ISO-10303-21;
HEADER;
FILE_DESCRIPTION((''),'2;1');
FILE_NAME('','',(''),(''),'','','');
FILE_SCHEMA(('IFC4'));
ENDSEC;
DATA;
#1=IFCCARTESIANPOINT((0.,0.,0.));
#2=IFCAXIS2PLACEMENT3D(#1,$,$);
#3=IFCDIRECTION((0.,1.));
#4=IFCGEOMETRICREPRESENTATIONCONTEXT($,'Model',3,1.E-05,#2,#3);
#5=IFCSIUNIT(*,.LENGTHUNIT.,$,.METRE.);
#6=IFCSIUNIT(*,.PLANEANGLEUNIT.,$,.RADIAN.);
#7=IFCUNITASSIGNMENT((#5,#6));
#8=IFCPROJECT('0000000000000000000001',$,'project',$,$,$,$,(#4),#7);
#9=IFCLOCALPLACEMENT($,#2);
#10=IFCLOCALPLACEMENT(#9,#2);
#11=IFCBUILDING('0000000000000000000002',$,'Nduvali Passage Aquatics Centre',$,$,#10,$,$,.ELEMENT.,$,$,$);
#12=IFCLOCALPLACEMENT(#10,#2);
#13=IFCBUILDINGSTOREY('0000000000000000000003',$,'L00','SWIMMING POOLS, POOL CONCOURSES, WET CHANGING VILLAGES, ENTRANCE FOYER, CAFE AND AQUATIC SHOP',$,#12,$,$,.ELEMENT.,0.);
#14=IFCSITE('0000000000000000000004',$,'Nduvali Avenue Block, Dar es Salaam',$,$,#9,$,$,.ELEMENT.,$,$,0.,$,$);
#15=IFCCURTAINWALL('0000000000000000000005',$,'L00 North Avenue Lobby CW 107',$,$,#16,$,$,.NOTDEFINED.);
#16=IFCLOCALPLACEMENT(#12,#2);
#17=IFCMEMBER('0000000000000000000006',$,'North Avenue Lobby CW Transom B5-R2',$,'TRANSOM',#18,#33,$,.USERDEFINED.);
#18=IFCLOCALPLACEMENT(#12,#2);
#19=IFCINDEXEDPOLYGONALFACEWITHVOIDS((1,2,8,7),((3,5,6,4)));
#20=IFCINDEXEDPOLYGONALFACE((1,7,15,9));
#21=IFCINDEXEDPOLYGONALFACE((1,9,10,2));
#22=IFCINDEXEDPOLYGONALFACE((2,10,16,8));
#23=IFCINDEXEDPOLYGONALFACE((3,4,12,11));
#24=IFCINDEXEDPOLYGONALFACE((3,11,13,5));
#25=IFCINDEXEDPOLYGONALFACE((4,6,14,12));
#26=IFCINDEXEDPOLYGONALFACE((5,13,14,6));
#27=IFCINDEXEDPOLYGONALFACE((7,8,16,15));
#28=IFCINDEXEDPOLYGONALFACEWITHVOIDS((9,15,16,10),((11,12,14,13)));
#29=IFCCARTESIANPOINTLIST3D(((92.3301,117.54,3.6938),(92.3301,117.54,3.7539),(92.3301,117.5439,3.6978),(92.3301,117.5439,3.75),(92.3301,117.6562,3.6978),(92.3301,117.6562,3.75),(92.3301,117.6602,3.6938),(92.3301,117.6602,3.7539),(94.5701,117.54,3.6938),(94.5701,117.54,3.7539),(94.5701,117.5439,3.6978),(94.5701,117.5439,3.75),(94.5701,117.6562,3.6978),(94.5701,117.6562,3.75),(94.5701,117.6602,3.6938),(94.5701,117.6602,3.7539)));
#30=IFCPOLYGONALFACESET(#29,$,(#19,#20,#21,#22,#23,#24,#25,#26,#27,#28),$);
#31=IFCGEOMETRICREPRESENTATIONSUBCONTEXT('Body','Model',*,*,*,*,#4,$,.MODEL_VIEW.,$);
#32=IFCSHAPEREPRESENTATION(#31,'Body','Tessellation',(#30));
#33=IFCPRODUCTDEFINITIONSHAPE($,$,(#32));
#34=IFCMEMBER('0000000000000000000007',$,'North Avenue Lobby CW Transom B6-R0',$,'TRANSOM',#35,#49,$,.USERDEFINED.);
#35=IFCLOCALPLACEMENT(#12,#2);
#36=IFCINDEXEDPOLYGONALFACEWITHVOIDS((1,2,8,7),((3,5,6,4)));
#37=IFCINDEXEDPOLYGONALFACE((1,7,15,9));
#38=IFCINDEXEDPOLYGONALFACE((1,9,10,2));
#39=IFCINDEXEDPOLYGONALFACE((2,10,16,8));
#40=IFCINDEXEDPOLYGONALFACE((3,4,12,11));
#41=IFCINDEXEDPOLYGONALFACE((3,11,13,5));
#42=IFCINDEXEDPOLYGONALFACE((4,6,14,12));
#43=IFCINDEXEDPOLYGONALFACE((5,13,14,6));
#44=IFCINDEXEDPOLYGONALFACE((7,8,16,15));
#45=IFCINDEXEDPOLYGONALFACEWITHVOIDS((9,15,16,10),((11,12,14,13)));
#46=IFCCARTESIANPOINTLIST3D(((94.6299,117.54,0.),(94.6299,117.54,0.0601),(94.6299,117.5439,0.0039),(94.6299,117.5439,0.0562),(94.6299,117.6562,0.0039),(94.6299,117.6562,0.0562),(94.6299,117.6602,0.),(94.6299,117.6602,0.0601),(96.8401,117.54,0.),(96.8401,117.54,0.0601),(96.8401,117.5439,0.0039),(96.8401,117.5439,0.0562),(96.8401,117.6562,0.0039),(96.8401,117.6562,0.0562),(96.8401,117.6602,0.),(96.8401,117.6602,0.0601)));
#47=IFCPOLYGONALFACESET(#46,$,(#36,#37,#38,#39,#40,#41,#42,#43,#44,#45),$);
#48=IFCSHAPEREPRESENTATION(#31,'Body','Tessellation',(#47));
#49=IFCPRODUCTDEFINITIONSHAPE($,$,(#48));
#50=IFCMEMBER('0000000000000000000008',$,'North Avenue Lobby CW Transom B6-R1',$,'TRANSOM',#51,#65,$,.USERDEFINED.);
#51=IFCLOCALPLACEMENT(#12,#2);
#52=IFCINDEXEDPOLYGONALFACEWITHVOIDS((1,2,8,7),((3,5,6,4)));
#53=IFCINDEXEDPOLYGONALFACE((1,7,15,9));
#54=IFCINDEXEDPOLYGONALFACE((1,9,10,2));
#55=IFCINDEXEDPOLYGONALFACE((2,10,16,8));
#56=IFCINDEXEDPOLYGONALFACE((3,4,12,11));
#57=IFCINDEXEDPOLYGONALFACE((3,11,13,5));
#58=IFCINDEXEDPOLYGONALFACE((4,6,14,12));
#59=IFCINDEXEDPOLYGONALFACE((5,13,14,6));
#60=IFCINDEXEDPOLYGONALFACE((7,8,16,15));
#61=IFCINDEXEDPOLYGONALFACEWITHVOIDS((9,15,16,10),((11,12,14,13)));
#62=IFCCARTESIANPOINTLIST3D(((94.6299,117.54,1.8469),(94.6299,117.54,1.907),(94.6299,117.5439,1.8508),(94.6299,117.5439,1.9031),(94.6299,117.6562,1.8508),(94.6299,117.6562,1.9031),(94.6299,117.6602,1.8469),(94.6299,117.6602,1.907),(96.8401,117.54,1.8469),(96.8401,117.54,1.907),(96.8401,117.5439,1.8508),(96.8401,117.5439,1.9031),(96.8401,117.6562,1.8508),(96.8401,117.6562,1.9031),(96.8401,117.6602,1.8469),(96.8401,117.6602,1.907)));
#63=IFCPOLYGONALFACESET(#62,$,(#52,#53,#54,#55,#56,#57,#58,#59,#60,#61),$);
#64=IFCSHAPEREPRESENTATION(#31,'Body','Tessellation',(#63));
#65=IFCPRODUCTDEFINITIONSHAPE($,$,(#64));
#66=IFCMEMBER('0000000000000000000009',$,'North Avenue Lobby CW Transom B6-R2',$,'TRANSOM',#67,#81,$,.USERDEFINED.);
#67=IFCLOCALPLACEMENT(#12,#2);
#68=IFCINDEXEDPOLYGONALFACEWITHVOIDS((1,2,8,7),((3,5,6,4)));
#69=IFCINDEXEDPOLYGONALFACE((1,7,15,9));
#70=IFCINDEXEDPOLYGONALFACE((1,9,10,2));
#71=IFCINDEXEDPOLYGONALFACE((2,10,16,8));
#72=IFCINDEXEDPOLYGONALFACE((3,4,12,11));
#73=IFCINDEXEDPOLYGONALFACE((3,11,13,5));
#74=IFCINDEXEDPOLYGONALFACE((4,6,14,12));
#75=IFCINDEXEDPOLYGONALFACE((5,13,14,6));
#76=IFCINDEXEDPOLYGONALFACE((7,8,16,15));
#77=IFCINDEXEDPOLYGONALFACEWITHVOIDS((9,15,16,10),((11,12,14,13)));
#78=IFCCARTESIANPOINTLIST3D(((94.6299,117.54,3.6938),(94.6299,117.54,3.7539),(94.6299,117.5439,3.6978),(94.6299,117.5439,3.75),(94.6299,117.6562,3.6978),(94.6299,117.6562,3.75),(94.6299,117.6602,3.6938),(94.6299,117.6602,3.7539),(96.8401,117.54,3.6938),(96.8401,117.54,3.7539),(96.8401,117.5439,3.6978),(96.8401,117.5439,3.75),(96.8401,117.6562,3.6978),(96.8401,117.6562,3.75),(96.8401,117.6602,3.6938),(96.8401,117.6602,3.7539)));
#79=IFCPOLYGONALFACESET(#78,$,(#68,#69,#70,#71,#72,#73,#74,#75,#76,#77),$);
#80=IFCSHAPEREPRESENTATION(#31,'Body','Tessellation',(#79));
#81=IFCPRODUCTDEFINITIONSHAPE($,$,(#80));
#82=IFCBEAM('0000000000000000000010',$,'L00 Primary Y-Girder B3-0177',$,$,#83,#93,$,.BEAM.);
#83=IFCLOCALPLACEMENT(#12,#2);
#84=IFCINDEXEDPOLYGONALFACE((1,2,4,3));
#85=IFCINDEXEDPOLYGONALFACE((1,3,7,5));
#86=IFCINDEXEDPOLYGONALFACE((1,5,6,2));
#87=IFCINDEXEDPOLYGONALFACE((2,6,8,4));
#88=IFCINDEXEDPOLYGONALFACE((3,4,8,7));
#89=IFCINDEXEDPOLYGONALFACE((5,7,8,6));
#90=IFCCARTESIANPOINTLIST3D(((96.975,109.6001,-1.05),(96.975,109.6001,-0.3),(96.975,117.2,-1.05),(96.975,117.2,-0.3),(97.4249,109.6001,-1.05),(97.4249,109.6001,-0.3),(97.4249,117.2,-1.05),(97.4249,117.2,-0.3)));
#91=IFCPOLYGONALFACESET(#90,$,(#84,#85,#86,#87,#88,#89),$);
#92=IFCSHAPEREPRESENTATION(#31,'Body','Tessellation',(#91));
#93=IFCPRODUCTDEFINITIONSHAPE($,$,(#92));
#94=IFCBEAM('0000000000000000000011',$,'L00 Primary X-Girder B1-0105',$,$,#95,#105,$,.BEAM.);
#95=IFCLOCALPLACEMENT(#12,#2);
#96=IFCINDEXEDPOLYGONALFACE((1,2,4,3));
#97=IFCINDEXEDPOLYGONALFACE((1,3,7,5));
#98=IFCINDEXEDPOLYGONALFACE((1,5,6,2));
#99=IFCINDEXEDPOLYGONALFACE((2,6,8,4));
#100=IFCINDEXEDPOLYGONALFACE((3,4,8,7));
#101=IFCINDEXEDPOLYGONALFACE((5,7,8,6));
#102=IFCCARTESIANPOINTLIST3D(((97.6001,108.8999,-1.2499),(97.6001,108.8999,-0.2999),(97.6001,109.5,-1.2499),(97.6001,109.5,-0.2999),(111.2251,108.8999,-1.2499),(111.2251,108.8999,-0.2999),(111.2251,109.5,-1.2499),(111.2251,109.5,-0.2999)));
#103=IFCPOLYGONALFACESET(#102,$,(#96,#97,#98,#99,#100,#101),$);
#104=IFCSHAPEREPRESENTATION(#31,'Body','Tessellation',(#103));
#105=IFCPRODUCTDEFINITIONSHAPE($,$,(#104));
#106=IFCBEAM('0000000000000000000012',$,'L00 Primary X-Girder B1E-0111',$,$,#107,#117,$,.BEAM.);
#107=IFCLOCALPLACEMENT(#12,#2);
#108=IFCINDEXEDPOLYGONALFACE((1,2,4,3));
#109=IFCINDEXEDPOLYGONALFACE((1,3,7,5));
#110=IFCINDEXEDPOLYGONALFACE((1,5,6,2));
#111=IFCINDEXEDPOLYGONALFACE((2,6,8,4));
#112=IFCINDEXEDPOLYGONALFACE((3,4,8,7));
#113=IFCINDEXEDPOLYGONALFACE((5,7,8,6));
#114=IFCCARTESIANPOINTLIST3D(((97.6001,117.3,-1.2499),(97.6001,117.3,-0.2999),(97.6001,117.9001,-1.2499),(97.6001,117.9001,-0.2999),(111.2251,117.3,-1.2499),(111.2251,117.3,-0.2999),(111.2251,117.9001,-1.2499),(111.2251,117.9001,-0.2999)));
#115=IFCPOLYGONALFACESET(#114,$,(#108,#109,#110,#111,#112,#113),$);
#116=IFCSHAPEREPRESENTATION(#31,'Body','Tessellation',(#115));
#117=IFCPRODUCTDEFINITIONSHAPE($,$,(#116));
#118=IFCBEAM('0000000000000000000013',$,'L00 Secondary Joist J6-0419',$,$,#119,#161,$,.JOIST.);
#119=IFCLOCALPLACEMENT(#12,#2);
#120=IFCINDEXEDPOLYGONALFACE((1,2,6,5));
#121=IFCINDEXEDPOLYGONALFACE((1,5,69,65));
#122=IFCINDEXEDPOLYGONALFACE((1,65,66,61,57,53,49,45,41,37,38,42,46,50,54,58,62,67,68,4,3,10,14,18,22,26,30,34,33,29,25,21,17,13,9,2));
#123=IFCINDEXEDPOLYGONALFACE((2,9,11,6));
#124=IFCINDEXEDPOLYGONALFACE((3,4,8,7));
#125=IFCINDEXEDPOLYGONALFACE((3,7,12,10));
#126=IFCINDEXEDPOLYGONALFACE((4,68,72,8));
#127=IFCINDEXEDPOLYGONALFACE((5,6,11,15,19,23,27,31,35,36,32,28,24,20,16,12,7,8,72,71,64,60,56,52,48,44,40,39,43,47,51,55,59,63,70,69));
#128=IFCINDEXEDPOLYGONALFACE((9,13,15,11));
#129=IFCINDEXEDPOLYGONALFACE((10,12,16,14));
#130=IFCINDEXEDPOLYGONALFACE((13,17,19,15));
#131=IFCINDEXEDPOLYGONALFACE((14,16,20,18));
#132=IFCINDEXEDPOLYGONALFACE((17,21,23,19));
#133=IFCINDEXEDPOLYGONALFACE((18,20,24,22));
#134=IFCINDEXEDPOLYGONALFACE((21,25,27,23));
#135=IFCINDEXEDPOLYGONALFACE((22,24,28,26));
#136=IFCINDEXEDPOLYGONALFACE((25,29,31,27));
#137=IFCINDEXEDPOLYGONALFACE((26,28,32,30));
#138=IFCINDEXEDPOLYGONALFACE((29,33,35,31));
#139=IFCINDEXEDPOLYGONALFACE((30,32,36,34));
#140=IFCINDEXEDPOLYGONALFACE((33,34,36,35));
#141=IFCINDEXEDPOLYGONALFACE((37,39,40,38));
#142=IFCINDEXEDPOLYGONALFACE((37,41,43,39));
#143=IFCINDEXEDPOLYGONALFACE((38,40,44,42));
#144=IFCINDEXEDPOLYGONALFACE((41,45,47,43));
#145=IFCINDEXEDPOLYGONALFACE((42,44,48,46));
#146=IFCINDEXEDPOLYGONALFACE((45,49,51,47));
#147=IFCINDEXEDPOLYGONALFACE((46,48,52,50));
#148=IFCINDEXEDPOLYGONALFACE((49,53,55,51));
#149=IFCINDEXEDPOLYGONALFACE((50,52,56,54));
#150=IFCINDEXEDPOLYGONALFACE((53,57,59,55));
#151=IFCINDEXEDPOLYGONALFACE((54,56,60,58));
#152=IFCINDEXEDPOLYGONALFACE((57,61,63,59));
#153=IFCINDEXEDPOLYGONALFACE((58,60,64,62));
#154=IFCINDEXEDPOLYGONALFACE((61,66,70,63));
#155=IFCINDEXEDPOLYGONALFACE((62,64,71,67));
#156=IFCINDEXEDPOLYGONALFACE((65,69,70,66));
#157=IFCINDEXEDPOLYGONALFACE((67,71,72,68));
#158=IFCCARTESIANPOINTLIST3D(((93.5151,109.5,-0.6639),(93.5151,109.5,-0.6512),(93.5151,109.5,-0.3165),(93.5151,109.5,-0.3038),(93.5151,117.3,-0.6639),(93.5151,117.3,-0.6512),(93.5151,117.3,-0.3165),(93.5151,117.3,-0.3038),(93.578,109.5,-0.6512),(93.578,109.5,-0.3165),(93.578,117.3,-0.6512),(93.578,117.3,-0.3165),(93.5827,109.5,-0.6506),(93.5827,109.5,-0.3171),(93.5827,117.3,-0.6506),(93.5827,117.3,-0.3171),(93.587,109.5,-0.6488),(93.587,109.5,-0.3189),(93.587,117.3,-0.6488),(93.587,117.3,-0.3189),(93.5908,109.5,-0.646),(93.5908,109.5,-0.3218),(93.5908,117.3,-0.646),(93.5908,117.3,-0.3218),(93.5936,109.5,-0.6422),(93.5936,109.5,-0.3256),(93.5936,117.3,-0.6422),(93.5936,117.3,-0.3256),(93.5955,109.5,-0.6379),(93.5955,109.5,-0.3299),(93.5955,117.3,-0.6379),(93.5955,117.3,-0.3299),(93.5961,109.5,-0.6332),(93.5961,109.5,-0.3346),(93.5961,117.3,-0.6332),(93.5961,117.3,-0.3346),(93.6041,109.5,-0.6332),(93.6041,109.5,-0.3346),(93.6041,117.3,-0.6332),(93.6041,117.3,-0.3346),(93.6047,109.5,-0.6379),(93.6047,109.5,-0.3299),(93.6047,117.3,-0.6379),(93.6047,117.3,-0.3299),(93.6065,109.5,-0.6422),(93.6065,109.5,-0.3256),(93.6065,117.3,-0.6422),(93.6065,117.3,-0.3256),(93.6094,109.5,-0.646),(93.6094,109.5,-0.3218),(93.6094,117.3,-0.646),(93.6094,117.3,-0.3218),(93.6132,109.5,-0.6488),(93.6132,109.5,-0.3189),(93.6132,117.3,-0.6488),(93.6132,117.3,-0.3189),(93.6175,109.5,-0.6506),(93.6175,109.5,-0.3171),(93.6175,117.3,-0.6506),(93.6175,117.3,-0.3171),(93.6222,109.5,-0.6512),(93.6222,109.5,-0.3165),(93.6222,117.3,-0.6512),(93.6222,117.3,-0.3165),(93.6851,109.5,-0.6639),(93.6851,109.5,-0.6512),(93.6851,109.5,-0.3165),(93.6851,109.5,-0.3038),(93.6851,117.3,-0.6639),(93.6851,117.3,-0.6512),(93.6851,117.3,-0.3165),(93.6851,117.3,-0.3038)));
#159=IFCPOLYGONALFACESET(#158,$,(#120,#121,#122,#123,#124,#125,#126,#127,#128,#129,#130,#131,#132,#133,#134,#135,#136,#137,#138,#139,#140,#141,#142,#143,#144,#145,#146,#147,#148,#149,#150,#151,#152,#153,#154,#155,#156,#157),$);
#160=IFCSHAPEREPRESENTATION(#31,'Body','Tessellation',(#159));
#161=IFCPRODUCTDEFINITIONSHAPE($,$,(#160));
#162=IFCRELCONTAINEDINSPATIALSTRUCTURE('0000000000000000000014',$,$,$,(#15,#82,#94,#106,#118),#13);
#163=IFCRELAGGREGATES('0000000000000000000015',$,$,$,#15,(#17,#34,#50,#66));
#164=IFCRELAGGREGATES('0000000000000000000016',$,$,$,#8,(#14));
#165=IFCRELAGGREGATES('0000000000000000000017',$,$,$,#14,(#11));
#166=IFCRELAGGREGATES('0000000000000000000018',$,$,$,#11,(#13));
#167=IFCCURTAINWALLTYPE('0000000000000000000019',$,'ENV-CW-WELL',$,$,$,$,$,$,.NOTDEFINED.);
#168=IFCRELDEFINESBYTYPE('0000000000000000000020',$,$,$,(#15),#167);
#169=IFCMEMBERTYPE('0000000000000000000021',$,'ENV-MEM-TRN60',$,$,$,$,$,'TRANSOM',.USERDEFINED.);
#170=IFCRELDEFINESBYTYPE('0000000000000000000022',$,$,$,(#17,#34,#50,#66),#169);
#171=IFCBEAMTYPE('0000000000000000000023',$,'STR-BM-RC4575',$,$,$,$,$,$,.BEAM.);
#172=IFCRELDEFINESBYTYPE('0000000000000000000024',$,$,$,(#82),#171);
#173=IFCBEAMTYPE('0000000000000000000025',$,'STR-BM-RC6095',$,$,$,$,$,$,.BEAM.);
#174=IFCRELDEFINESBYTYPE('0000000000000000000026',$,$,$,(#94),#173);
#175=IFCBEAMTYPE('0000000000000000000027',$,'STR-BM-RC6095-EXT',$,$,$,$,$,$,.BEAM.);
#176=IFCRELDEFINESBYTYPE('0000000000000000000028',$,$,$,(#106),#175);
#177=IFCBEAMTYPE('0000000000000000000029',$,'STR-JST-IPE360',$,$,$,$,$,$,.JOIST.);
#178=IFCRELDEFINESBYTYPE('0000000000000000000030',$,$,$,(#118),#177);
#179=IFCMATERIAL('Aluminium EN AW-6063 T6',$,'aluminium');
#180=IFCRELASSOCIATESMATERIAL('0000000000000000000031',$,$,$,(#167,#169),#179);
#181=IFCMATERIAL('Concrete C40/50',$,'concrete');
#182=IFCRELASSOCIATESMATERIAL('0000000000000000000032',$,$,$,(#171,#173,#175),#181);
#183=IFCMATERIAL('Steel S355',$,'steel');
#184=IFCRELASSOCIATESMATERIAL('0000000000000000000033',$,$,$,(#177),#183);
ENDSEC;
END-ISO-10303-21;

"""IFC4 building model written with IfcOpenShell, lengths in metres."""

from ifc_helpers import new_model, si_unit, direction, frame, origin, origin_2d, place, context, subcontext, project, spatial, rectangle, hollow_rectangle, i_section, extrude, material, material_profile, profile_set, type_object, element, aggregate, save


model = new_model("IFC4")

# Units and contexts
model_context = context("Model", 3, precision=1e-05, world=origin(), true_north=direction((0.0, 1.0)))
body_context = subcontext(model_context, "Body", "Model", "MODEL_VIEW")
ifc_project = project(units=[si_unit("LENGTHUNIT", "METRE"), si_unit("PLANEANGLEUNIT", "RADIAN")], contexts=[model_context])

# Site, building, storey
site_placement = place(None, origin())
site = spatial("IfcSite", under=ifc_project, at=site_placement, Name="Nduvali Avenue Block, Dar es Salaam", CompositionType="ELEMENT", RefElevation=0.0)
building_placement = place(site_placement, origin())
building = spatial("IfcBuilding", under=site, at=building_placement, Name="Nduvali Passage Aquatics Centre", CompositionType="ELEMENT")
storey_placement = place(building_placement, origin())
storey = spatial("IfcBuildingStorey", under=building, at=storey_placement, Name="L00", Description="SWIMMING POOLS, POOL CONCOURSES, WET CHANGING VILLAGES, ENTRANCE FOYER, CAFE AND AQUATIC SHOP", CompositionType="ELEMENT", Elevation=0.0)

# Shared definitions
ifc_material_1 = material(Name="Concrete C40/50", Category="concrete")

# Curtain wall, members
ifc_material_2 = material(Name="Aluminium EN AW-6063 T6", Category="aluminium")
curtain_wall_type = type_object("IfcCurtainWallType", Name="ENV-CW-WELL", PredefinedType="NOTDEFINED", material=ifc_material_2)
curtain_wall_placement = place(storey_placement, origin())
curtain_wall = element("IfcCurtainWall", 1, at=curtain_wall_placement, inside=storey, type_object=curtain_wall_type, Name="L00 North Avenue Lobby CW 107", PredefinedType="NOTDEFINED")
ifc_material_profile_1 = material_profile(ifc_material_2, hollow_rectangle(XDim=0.1201, YDim=0.0601, WallThickness=0.0039, at=origin_2d()), Name="ALU TRANSOM 120x60x4")
ifc_profile_set_1 = profile_set([ifc_material_profile_1], Name="Aluminium EN AW-6063 T6")
member_type_1 = type_object("IfcMemberType", Name="ENV-MEM-TRN60", ElementType="TRANSOM", PredefinedType="USERDEFINED", material=ifc_profile_set_1)
member_1_placement = place(storey_placement, frame((92.3301, 117.6001, 3.7239), z_axis=(1.0, 0.0, 0.0), x_axis=(0.0, 1.0, 0.0)))
member_1 = element("IfcMember", 2, at=member_1_placement, type_object=member_type_1, Name="North Avenue Lobby CW Transom B5-R2", ObjectType="TRANSOM", PredefinedType="USERDEFINED", context=body_context, shape_type="SweptSolid", body=[
    extrude(hollow_rectangle(XDim=0.1201, YDim=0.0601, WallThickness=0.0039, at=origin_2d()), origin(), (0.0, 0.0, 1.0), 2.24),
])
member_2_placement = place(storey_placement, frame((94.6299, 117.6001, 0.03), z_axis=(1.0, 0.0, 0.0), x_axis=(0.0, 1.0, 0.0)))
member_2 = element("IfcMember", 3, at=member_2_placement, type_object=member_type_1, Name="North Avenue Lobby CW Transom B6-R0", ObjectType="TRANSOM", PredefinedType="USERDEFINED", context=body_context, shape_type="SweptSolid", body=[
    extrude(hollow_rectangle(XDim=0.1201, YDim=0.0601, WallThickness=0.0039, at=origin_2d()), origin(), (0.0, 0.0, 1.0), 2.2102),
])
member_3_placement = place(storey_placement, frame((94.6299, 117.6001, 1.877), z_axis=(1.0, 0.0, 0.0), x_axis=(0.0, 1.0, 0.0)))
member_3 = element("IfcMember", 4, at=member_3_placement, type_object=member_type_1, Name="North Avenue Lobby CW Transom B6-R1", ObjectType="TRANSOM", PredefinedType="USERDEFINED", context=body_context, shape_type="SweptSolid", body=[
    extrude(hollow_rectangle(XDim=0.1201, YDim=0.0601, WallThickness=0.0039, at=origin_2d()), origin(), (0.0, 0.0, 1.0), 2.2102),
])
member_4_placement = place(storey_placement, frame((94.6299, 117.6001, 3.7239), z_axis=(1.0, 0.0, 0.0), x_axis=(0.0, 1.0, 0.0)))
member_4 = element("IfcMember", 5, at=member_4_placement, type_object=member_type_1, Name="North Avenue Lobby CW Transom B6-R2", ObjectType="TRANSOM", PredefinedType="USERDEFINED", context=body_context, shape_type="SweptSolid", body=[
    extrude(hollow_rectangle(XDim=0.1201, YDim=0.0601, WallThickness=0.0039, at=origin_2d()), origin(), (0.0, 0.0, 1.0), 2.2102),
])

# Beams
ifc_material_profile_2 = material_profile(ifc_material_1, rectangle(XDim=0.45, YDim=0.75, at=origin_2d()), Name="RC 450x750")
ifc_profile_set_2 = profile_set([ifc_material_profile_2], Name="Concrete C40/50")
beam_type_1 = type_object("IfcBeamType", Name="STR-BM-RC4575", PredefinedType="BEAM", material=ifc_profile_set_2)
beam_1_placement = place(storey_placement, frame((97.2, 109.6001, -0.675), z_axis=(0.0, 1.0, 0.0), x_axis=(-1.0, 0.0, 0.0)))
element("IfcBeam", 6, at=beam_1_placement, inside=storey, type_object=beam_type_1, Name="L00 Primary Y-Girder B3-0177", PredefinedType="BEAM", context=body_context, shape_type="SweptSolid", body=[
    extrude(rectangle(XDim=0.45, YDim=0.75, at=origin_2d()), origin(), (0.0, 0.0, 1.0), 7.5999),
])
ifc_material_profile_3 = material_profile(ifc_material_1, rectangle(XDim=0.6001, YDim=0.95, at=origin_2d()), Name="RC 600x950")
ifc_profile_set_3 = profile_set([ifc_material_profile_3], Name="Concrete C40/50")
beam_type_2 = type_object("IfcBeamType", Name="STR-BM-RC6095", PredefinedType="BEAM", material=ifc_profile_set_3)
beam_2_placement = place(storey_placement, frame((97.6001, 109.2, -0.7749), z_axis=(1.0, 0.0, 0.0), x_axis=(0.0, 1.0, 0.0)))
element("IfcBeam", 7, at=beam_2_placement, inside=storey, type_object=beam_type_2, Name="L00 Primary X-Girder B1-0105", PredefinedType="BEAM", context=body_context, shape_type="SweptSolid", body=[
    extrude(rectangle(XDim=0.6001, YDim=0.95, at=origin_2d()), origin(), (0.0, 0.0, 1.0), 13.625),
])
ifc_material_profile_4 = material_profile(ifc_material_1, rectangle(XDim=0.6001, YDim=0.95, at=origin_2d()), Name="RC 600x950")
ifc_profile_set_4 = profile_set([ifc_material_profile_4], Name="Concrete C40/50")
beam_type_3 = type_object("IfcBeamType", Name="STR-BM-RC6095-EXT", PredefinedType="BEAM", material=ifc_profile_set_4)
beam_3_placement = place(storey_placement, frame((97.6001, 117.6001, -0.7749), z_axis=(1.0, 0.0, 0.0), x_axis=(0.0, 1.0, 0.0)))
element("IfcBeam", 8, at=beam_3_placement, inside=storey, type_object=beam_type_3, Name="L00 Primary X-Girder B1E-0111", PredefinedType="BEAM", context=body_context, shape_type="SweptSolid", body=[
    extrude(rectangle(XDim=0.6001, YDim=0.95, at=origin_2d()), origin(), (0.0, 0.0, 1.0), 13.625),
])
ifc_material_3 = material(Name="Steel S355", Category="steel")
ifc_material_profile_5 = material_profile(ifc_material_3, i_section(OverallWidth=0.1699, OverallDepth=0.3601, WebThickness=0.0081, FlangeThickness=0.0127, FilletRadius=0.0181, at=origin_2d()), Name="IPE 360")
ifc_profile_set_5 = profile_set([ifc_material_profile_5], Name="Steel S355")
beam_type_4 = type_object("IfcBeamType", Name="STR-JST-IPE360", PredefinedType="JOIST", material=ifc_profile_set_5)
beam_4_placement = place(storey_placement, frame((93.6001, 109.5, -0.4839), z_axis=(0.0, 1.0, 0.0), x_axis=(-1.0, 0.0, 0.0)))
element("IfcBeam", 9, at=beam_4_placement, inside=storey, type_object=beam_type_4, Name="L00 Secondary Joist J6-0419", PredefinedType="JOIST", context=body_context, shape_type="SweptSolid", body=[
    extrude(i_section(OverallWidth=0.1699, OverallDepth=0.3601, WebThickness=0.0081, FlangeThickness=0.0127, FilletRadius=0.0181, at=origin_2d()), origin(), (0.0, 0.0, 1.0), 7.8),
])

aggregate(curtain_wall, [member_1, member_2, member_3, member_4])

save(model, "model.ifc")
